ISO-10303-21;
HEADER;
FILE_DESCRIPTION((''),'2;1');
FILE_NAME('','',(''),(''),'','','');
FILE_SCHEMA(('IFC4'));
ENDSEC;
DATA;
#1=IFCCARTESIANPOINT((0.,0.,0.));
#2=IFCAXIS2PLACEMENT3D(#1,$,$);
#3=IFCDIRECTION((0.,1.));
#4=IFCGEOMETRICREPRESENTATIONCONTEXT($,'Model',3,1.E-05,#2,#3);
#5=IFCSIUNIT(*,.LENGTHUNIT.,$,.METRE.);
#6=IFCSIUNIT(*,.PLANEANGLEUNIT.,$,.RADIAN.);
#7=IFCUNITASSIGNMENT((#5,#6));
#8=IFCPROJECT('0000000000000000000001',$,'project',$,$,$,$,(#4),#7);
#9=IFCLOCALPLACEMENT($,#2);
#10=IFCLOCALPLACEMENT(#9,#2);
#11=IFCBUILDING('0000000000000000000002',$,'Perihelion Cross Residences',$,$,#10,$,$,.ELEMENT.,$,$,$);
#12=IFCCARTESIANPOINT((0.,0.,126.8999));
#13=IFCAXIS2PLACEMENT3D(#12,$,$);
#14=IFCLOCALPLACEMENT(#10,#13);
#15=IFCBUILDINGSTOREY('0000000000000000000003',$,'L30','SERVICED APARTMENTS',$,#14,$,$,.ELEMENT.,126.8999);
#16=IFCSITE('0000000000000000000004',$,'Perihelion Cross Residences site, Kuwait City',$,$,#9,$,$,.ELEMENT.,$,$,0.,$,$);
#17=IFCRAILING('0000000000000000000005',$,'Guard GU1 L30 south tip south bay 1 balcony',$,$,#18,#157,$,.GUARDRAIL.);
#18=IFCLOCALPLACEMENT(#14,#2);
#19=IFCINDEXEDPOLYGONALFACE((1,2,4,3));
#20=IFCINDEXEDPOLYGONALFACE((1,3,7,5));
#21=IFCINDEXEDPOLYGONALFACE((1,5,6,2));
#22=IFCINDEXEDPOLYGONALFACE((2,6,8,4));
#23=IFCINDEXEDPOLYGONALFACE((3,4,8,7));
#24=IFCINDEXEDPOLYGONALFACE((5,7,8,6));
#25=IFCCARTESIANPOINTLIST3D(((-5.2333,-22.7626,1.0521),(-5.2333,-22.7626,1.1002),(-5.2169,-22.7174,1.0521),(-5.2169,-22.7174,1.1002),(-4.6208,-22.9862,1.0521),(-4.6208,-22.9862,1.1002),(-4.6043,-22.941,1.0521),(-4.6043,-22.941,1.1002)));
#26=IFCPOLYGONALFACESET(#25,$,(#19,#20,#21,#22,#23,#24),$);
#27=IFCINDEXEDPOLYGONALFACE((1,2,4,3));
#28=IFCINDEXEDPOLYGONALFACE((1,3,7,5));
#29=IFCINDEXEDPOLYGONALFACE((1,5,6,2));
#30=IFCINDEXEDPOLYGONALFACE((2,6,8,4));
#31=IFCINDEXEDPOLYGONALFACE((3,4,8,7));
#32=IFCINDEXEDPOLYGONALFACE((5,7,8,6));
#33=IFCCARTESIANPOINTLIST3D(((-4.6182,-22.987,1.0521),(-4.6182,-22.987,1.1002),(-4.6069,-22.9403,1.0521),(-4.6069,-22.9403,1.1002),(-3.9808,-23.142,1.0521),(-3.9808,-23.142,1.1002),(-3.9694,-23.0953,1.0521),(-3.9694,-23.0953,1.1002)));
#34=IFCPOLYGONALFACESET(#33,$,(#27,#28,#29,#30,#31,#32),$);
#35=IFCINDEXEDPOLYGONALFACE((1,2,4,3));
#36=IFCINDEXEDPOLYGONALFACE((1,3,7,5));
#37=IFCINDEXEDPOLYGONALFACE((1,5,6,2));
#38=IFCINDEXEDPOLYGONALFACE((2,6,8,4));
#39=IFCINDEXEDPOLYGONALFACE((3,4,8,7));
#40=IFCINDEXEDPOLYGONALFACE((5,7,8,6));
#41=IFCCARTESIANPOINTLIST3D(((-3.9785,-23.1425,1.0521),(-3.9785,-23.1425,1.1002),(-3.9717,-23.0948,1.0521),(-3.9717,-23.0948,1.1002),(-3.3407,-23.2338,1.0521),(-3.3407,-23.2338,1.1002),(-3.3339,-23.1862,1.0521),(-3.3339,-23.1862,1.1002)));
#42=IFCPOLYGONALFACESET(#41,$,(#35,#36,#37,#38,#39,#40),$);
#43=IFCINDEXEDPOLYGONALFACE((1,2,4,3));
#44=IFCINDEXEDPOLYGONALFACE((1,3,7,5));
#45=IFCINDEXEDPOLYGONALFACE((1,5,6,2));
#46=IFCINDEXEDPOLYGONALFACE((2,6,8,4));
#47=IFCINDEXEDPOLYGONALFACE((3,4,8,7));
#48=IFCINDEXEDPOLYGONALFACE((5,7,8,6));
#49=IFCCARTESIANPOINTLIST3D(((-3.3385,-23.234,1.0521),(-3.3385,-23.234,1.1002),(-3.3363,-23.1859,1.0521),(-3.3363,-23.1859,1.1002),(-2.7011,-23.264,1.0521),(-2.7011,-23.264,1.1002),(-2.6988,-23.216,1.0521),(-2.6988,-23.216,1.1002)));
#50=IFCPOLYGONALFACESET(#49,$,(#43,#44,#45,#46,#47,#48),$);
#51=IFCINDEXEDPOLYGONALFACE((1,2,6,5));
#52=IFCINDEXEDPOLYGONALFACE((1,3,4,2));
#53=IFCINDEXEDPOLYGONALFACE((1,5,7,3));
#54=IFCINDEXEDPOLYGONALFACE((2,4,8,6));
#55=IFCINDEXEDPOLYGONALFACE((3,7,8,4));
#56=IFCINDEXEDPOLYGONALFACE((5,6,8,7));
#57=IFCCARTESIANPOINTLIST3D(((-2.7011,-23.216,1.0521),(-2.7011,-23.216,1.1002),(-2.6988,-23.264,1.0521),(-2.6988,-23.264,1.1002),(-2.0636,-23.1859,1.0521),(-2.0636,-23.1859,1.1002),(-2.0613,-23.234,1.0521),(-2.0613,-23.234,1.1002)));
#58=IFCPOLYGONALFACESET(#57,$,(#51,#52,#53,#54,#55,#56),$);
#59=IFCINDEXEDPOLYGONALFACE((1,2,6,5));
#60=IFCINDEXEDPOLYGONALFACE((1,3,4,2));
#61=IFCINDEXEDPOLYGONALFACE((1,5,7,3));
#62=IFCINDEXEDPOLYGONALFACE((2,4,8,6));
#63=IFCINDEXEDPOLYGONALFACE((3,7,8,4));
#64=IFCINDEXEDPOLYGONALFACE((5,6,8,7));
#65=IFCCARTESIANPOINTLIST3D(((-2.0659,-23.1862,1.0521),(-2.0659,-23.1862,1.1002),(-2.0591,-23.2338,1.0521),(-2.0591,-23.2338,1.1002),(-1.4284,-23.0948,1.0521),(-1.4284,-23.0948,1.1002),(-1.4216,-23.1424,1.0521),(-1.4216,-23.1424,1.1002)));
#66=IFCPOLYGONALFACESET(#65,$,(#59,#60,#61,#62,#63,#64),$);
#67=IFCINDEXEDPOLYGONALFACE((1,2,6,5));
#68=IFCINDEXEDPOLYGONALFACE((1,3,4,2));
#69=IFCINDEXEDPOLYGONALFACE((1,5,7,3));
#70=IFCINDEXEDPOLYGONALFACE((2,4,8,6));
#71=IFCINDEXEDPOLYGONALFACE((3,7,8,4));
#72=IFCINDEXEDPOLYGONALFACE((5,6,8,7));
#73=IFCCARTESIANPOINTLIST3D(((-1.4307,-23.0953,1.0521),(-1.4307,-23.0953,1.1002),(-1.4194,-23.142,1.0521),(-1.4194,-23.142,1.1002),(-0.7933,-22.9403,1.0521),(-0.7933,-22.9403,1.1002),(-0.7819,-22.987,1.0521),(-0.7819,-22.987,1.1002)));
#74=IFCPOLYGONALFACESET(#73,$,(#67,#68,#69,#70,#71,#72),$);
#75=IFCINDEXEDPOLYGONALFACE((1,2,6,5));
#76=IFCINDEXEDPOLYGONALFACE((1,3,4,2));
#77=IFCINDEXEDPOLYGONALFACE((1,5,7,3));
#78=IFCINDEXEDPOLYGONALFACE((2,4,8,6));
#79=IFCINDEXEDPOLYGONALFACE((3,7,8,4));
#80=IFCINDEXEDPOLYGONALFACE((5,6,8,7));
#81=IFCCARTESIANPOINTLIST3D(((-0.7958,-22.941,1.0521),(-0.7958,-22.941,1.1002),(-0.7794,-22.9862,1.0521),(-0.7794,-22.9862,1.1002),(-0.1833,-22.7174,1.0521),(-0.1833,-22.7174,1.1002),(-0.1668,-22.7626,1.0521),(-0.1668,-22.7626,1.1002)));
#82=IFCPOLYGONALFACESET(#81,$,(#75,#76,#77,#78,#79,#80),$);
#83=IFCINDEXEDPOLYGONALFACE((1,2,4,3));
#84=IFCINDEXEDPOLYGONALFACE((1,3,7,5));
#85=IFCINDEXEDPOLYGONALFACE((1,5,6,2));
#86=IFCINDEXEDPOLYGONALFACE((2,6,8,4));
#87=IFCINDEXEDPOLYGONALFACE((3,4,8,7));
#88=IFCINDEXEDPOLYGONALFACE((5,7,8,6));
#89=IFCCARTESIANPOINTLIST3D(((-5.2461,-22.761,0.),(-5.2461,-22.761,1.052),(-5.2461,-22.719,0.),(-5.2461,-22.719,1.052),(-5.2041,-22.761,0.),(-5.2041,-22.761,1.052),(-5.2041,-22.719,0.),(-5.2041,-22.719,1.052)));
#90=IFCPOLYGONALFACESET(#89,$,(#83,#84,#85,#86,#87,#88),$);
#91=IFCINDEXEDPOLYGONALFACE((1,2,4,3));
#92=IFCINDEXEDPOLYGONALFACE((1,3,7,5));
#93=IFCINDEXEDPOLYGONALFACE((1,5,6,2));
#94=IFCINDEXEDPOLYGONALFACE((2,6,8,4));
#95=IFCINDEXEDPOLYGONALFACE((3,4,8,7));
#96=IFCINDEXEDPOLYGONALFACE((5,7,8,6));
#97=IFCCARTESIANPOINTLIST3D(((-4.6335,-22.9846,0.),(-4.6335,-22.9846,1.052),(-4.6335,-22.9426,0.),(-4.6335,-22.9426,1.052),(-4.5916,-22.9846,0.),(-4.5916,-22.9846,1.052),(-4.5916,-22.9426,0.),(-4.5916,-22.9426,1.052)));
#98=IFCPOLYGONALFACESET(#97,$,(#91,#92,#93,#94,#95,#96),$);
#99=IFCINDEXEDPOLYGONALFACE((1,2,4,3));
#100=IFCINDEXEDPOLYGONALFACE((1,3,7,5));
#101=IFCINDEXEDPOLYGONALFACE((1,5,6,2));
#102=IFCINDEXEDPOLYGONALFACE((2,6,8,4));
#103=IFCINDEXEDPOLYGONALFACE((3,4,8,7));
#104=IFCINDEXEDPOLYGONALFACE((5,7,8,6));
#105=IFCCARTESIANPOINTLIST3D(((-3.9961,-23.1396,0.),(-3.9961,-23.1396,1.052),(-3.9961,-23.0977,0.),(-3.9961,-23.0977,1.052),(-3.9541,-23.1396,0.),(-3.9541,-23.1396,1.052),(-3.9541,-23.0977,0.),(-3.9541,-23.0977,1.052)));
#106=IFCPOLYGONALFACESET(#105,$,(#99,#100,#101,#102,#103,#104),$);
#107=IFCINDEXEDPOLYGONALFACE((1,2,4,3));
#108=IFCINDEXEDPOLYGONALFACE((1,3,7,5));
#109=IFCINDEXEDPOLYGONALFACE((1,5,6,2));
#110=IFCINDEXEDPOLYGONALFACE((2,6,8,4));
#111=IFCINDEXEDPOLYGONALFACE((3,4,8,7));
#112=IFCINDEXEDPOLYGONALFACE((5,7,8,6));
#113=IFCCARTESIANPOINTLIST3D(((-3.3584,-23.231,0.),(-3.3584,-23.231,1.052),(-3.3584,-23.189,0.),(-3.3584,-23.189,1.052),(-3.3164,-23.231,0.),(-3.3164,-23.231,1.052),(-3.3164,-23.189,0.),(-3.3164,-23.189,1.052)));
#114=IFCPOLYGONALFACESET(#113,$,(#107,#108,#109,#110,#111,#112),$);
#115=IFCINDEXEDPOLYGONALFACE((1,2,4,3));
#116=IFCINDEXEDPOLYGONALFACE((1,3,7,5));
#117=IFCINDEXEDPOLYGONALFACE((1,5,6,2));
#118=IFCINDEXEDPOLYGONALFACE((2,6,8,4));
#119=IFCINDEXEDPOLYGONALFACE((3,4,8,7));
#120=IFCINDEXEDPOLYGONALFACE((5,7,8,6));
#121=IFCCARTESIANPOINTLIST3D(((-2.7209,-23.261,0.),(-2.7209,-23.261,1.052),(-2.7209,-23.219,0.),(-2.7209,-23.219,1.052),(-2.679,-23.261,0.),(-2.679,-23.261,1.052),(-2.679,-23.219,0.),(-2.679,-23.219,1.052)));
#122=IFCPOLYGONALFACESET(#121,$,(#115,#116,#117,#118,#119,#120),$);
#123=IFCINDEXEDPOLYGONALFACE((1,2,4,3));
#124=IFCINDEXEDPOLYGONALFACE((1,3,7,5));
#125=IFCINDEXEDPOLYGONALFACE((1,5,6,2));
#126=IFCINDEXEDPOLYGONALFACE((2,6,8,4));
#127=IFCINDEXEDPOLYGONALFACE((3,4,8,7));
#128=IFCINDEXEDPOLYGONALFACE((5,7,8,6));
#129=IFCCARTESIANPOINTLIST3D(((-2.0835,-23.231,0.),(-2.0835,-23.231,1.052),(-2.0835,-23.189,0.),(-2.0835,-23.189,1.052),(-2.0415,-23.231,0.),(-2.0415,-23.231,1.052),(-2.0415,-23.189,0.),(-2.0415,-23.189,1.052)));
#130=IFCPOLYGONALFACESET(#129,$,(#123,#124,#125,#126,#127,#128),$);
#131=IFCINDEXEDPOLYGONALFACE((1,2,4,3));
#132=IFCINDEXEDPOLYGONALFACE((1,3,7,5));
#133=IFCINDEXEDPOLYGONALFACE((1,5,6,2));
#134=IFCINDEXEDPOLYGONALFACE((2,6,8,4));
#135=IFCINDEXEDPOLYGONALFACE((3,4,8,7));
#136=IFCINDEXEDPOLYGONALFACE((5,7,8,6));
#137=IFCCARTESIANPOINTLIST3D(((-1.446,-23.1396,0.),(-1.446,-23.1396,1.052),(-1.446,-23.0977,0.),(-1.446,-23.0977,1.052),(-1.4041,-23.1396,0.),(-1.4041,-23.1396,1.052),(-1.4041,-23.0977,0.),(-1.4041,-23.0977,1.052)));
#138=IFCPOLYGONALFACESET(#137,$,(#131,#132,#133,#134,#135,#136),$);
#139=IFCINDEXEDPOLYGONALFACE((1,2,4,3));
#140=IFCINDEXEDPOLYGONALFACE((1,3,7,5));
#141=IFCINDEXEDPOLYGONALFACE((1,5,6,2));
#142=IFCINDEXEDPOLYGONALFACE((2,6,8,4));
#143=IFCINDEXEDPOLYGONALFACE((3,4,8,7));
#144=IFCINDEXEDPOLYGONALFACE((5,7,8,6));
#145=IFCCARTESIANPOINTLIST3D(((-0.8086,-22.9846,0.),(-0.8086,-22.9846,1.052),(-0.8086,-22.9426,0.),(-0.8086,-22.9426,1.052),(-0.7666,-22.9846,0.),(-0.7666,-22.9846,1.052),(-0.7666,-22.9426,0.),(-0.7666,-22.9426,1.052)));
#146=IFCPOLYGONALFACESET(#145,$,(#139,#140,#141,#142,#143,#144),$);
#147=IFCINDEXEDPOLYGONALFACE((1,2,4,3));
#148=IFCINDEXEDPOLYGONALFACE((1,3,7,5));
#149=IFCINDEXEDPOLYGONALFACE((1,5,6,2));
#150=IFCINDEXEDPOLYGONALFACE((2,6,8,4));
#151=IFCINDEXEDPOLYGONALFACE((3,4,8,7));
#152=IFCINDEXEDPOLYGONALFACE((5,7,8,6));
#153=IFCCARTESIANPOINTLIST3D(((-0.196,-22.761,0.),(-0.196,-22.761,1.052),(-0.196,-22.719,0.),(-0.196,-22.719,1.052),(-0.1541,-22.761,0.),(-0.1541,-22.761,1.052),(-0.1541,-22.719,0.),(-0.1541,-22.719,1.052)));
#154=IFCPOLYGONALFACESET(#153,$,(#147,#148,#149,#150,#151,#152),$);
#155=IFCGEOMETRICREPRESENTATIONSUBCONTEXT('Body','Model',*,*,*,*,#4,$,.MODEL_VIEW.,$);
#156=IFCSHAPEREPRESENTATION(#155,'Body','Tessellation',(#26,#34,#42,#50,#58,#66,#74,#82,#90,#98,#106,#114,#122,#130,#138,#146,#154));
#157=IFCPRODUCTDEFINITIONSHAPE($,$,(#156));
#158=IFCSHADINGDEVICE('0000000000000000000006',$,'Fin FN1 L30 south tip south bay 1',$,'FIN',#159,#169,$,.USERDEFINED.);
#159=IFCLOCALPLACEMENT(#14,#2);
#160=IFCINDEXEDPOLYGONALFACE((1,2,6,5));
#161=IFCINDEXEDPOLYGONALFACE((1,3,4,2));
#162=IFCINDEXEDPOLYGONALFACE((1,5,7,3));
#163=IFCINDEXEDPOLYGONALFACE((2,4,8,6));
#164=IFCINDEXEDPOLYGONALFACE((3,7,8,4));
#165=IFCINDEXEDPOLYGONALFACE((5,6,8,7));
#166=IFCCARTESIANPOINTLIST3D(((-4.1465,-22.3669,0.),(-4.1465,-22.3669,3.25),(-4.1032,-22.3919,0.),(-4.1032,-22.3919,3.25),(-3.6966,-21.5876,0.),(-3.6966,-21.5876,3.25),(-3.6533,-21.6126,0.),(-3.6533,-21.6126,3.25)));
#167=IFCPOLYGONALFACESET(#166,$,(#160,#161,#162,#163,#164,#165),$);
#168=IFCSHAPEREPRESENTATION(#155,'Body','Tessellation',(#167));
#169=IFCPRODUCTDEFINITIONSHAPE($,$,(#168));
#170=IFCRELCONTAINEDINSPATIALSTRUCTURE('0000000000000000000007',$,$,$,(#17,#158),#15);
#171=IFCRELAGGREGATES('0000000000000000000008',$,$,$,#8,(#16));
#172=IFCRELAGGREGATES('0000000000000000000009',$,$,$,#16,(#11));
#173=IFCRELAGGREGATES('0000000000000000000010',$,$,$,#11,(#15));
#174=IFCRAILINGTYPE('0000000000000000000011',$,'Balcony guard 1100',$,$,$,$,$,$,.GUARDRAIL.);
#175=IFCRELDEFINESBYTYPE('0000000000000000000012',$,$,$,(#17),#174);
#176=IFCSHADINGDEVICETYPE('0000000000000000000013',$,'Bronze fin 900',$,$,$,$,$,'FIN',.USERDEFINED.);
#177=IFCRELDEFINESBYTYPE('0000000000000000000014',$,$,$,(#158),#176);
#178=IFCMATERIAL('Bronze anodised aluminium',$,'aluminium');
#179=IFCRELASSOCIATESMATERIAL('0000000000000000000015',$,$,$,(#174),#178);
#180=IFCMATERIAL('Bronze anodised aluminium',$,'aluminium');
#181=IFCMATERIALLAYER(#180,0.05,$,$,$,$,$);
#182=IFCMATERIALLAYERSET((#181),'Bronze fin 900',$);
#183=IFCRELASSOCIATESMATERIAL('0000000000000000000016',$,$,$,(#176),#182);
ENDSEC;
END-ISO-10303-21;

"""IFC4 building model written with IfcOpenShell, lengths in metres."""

from ifc_helpers import new_model, si_unit, direction, frame, origin, origin_2d, place, context, subcontext, project, spatial, rectangle, extrude, material, layer, layer_set, type_object, element, save


model = new_model("IFC4")

# Units and contexts
model_context = context("Model", 3, precision=1e-05, world=origin(), true_north=direction((0.0, 1.0)))
body_context = subcontext(model_context, "Body", "Model", "MODEL_VIEW")
ifc_project = project(units=[si_unit("LENGTHUNIT", "METRE"), si_unit("PLANEANGLEUNIT", "RADIAN")], contexts=[model_context])

# Site, building, storey
site_placement = place(None, origin())
site = spatial("IfcSite", under=ifc_project, at=site_placement, Name="Perihelion Cross Residences site, Kuwait City", CompositionType="ELEMENT", RefElevation=0.0)
building_placement = place(site_placement, origin())
building = spatial("IfcBuilding", under=site, at=building_placement, Name="Perihelion Cross Residences", CompositionType="ELEMENT")
storey_placement = place(building_placement, frame((0.0, 0.0, 126.8999)))
storey = spatial("IfcBuildingStorey", under=building, at=storey_placement, Name="L30", Description="SERVICED APARTMENTS", CompositionType="ELEMENT", Elevation=126.8999)

# Railing
ifc_material_1 = material(Name="Bronze anodised aluminium", Category="aluminium")
railing_type = type_object("IfcRailingType", Name="Balcony guard 1100", PredefinedType="GUARDRAIL", material=ifc_material_1)
railing_1_placement = place(storey_placement, frame((-5.2251, -22.74, 0.0)))
element("IfcRailing", 1, at=railing_1_placement, inside=storey, type_object=railing_type, Name="Guard GU1 L30 south tip south bay 1 balcony", PredefinedType="GUARDRAIL", context=body_context, shape_type="SweptSolid", body=[
    extrude(rectangle(XDim=0.0481, YDim=0.0481, at=origin_2d()), frame((0.0, 0.0, 1.0762), z_axis=(0.939355, -0.342945, 0.0), x_axis=(0.342945, 0.939355, 0.0)), (0.0, 0.0, 1.0), 0.6521),
    extrude(rectangle(XDim=0.0481, YDim=0.0481, at=origin_2d()), frame((0.6125, -0.2236, 1.0762), z_axis=(0.971677, -0.236314, 0.0), x_axis=(0.236314, 0.971677, 0.0)), (0.0, 0.0, 1.0), 0.656),
    extrude(rectangle(XDim=0.0481, YDim=0.0481, at=origin_2d()), frame((1.25, -0.3787, 1.0762), z_axis=(0.989904, -0.14174, 0.0), x_axis=(0.14174, 0.989904, 0.0)), (0.0, 0.0, 1.0), 0.6443),
    extrude(rectangle(XDim=0.0481, YDim=0.0481, at=origin_2d()), frame((1.8877, -0.47, 1.0762), z_axis=(0.998892, -0.047056, 0.0), x_axis=(0.047056, 0.998892, 0.0)), (0.0, 0.0, 1.0), 0.6382),
    extrude(rectangle(XDim=0.0481, YDim=0.0481, at=origin_2d()), frame((2.5251, -0.5, 1.0762), z_axis=(0.998892, 0.047056, 0.0), x_axis=(-0.047056, 0.998892, 0.0)), (0.0, 0.0, 1.0), 0.6382),
    extrude(rectangle(XDim=0.0481, YDim=0.0481, at=origin_2d()), frame((3.1626, -0.47, 1.0762), z_axis=(0.989896, 0.141793, 0.0), x_axis=(-0.141793, 0.989896, 0.0)), (0.0, 0.0, 1.0), 0.644),
    extrude(rectangle(XDim=0.0481, YDim=0.0481, at=origin_2d()), frame((3.8, -0.3787, 1.0762), z_axis=(0.971677, 0.236314, 0.0), x_axis=(-0.236314, 0.971677, 0.0)), (0.0, 0.0, 1.0), 0.656),
    extrude(rectangle(XDim=0.0481, YDim=0.0481, at=origin_2d()), frame((4.4375, -0.2236, 1.0762), z_axis=(0.939355, 0.342945, 0.0), x_axis=(-0.342945, 0.939355, 0.0)), (0.0, 0.0, 1.0), 0.6521),
    extrude(rectangle(XDim=0.042, YDim=0.042, at=origin_2d()), origin(), (0.0, 0.0, 1.0), 1.052),
    extrude(rectangle(XDim=0.042, YDim=0.042, at=origin_2d()), frame((0.6125, -0.2236, 0.0)), (0.0, 0.0, 1.0), 1.052),
    extrude(rectangle(XDim=0.042, YDim=0.042, at=origin_2d()), frame((1.25, -0.3787, 0.0)), (0.0, 0.0, 1.0), 1.052),
    extrude(rectangle(XDim=0.042, YDim=0.042, at=origin_2d()), frame((1.8877, -0.47, 0.0)), (0.0, 0.0, 1.0), 1.052),
    extrude(rectangle(XDim=0.042, YDim=0.042, at=origin_2d()), frame((2.5251, -0.5, 0.0)), (0.0, 0.0, 1.0), 1.052),
    extrude(rectangle(XDim=0.042, YDim=0.042, at=origin_2d()), frame((3.1626, -0.47, 0.0)), (0.0, 0.0, 1.0), 1.052),
    extrude(rectangle(XDim=0.042, YDim=0.042, at=origin_2d()), frame((3.8, -0.3787, 0.0)), (0.0, 0.0, 1.0), 1.052),
    extrude(rectangle(XDim=0.042, YDim=0.042, at=origin_2d()), frame((4.4375, -0.2236, 0.0)), (0.0, 0.0, 1.0), 1.052),
    extrude(rectangle(XDim=0.042, YDim=0.042, at=origin_2d()), frame((5.05, 0.0, 0.0)), (0.0, 0.0, 1.0), 1.052),
])

# Shading device
ifc_material_2 = material(Name="Bronze anodised aluminium", Category="aluminium")
ifc_layer_1 = layer(ifc_material_2, 0.05)
ifc_layer_set_1 = layer_set([ifc_layer_1], Name="Bronze fin 900")
shading_device_type = type_object("IfcShadingDeviceType", Name="Bronze fin 900", ElementType="FIN", PredefinedType="USERDEFINED", material=ifc_layer_set_1)
shading_device_placement = place(storey_placement, frame((-3.8999, -21.9897, 0.0), z_axis=(0.0, 0.0, 1.0), x_axis=(-0.5, -0.866025, 0.0)))
element("IfcShadingDevice", 2, at=shading_device_placement, inside=storey, type_object=shading_device_type, Name="Fin FN1 L30 south tip south bay 1", ObjectType="FIN", PredefinedType="USERDEFINED", context=body_context, shape_type="SweptSolid", body=[
    extrude(rectangle(XDim=0.8999, YDim=0.05, at=origin_2d()), origin(), (0.0, 0.0, 1.0), 3.25),
])

save(model, "model.ifc")
